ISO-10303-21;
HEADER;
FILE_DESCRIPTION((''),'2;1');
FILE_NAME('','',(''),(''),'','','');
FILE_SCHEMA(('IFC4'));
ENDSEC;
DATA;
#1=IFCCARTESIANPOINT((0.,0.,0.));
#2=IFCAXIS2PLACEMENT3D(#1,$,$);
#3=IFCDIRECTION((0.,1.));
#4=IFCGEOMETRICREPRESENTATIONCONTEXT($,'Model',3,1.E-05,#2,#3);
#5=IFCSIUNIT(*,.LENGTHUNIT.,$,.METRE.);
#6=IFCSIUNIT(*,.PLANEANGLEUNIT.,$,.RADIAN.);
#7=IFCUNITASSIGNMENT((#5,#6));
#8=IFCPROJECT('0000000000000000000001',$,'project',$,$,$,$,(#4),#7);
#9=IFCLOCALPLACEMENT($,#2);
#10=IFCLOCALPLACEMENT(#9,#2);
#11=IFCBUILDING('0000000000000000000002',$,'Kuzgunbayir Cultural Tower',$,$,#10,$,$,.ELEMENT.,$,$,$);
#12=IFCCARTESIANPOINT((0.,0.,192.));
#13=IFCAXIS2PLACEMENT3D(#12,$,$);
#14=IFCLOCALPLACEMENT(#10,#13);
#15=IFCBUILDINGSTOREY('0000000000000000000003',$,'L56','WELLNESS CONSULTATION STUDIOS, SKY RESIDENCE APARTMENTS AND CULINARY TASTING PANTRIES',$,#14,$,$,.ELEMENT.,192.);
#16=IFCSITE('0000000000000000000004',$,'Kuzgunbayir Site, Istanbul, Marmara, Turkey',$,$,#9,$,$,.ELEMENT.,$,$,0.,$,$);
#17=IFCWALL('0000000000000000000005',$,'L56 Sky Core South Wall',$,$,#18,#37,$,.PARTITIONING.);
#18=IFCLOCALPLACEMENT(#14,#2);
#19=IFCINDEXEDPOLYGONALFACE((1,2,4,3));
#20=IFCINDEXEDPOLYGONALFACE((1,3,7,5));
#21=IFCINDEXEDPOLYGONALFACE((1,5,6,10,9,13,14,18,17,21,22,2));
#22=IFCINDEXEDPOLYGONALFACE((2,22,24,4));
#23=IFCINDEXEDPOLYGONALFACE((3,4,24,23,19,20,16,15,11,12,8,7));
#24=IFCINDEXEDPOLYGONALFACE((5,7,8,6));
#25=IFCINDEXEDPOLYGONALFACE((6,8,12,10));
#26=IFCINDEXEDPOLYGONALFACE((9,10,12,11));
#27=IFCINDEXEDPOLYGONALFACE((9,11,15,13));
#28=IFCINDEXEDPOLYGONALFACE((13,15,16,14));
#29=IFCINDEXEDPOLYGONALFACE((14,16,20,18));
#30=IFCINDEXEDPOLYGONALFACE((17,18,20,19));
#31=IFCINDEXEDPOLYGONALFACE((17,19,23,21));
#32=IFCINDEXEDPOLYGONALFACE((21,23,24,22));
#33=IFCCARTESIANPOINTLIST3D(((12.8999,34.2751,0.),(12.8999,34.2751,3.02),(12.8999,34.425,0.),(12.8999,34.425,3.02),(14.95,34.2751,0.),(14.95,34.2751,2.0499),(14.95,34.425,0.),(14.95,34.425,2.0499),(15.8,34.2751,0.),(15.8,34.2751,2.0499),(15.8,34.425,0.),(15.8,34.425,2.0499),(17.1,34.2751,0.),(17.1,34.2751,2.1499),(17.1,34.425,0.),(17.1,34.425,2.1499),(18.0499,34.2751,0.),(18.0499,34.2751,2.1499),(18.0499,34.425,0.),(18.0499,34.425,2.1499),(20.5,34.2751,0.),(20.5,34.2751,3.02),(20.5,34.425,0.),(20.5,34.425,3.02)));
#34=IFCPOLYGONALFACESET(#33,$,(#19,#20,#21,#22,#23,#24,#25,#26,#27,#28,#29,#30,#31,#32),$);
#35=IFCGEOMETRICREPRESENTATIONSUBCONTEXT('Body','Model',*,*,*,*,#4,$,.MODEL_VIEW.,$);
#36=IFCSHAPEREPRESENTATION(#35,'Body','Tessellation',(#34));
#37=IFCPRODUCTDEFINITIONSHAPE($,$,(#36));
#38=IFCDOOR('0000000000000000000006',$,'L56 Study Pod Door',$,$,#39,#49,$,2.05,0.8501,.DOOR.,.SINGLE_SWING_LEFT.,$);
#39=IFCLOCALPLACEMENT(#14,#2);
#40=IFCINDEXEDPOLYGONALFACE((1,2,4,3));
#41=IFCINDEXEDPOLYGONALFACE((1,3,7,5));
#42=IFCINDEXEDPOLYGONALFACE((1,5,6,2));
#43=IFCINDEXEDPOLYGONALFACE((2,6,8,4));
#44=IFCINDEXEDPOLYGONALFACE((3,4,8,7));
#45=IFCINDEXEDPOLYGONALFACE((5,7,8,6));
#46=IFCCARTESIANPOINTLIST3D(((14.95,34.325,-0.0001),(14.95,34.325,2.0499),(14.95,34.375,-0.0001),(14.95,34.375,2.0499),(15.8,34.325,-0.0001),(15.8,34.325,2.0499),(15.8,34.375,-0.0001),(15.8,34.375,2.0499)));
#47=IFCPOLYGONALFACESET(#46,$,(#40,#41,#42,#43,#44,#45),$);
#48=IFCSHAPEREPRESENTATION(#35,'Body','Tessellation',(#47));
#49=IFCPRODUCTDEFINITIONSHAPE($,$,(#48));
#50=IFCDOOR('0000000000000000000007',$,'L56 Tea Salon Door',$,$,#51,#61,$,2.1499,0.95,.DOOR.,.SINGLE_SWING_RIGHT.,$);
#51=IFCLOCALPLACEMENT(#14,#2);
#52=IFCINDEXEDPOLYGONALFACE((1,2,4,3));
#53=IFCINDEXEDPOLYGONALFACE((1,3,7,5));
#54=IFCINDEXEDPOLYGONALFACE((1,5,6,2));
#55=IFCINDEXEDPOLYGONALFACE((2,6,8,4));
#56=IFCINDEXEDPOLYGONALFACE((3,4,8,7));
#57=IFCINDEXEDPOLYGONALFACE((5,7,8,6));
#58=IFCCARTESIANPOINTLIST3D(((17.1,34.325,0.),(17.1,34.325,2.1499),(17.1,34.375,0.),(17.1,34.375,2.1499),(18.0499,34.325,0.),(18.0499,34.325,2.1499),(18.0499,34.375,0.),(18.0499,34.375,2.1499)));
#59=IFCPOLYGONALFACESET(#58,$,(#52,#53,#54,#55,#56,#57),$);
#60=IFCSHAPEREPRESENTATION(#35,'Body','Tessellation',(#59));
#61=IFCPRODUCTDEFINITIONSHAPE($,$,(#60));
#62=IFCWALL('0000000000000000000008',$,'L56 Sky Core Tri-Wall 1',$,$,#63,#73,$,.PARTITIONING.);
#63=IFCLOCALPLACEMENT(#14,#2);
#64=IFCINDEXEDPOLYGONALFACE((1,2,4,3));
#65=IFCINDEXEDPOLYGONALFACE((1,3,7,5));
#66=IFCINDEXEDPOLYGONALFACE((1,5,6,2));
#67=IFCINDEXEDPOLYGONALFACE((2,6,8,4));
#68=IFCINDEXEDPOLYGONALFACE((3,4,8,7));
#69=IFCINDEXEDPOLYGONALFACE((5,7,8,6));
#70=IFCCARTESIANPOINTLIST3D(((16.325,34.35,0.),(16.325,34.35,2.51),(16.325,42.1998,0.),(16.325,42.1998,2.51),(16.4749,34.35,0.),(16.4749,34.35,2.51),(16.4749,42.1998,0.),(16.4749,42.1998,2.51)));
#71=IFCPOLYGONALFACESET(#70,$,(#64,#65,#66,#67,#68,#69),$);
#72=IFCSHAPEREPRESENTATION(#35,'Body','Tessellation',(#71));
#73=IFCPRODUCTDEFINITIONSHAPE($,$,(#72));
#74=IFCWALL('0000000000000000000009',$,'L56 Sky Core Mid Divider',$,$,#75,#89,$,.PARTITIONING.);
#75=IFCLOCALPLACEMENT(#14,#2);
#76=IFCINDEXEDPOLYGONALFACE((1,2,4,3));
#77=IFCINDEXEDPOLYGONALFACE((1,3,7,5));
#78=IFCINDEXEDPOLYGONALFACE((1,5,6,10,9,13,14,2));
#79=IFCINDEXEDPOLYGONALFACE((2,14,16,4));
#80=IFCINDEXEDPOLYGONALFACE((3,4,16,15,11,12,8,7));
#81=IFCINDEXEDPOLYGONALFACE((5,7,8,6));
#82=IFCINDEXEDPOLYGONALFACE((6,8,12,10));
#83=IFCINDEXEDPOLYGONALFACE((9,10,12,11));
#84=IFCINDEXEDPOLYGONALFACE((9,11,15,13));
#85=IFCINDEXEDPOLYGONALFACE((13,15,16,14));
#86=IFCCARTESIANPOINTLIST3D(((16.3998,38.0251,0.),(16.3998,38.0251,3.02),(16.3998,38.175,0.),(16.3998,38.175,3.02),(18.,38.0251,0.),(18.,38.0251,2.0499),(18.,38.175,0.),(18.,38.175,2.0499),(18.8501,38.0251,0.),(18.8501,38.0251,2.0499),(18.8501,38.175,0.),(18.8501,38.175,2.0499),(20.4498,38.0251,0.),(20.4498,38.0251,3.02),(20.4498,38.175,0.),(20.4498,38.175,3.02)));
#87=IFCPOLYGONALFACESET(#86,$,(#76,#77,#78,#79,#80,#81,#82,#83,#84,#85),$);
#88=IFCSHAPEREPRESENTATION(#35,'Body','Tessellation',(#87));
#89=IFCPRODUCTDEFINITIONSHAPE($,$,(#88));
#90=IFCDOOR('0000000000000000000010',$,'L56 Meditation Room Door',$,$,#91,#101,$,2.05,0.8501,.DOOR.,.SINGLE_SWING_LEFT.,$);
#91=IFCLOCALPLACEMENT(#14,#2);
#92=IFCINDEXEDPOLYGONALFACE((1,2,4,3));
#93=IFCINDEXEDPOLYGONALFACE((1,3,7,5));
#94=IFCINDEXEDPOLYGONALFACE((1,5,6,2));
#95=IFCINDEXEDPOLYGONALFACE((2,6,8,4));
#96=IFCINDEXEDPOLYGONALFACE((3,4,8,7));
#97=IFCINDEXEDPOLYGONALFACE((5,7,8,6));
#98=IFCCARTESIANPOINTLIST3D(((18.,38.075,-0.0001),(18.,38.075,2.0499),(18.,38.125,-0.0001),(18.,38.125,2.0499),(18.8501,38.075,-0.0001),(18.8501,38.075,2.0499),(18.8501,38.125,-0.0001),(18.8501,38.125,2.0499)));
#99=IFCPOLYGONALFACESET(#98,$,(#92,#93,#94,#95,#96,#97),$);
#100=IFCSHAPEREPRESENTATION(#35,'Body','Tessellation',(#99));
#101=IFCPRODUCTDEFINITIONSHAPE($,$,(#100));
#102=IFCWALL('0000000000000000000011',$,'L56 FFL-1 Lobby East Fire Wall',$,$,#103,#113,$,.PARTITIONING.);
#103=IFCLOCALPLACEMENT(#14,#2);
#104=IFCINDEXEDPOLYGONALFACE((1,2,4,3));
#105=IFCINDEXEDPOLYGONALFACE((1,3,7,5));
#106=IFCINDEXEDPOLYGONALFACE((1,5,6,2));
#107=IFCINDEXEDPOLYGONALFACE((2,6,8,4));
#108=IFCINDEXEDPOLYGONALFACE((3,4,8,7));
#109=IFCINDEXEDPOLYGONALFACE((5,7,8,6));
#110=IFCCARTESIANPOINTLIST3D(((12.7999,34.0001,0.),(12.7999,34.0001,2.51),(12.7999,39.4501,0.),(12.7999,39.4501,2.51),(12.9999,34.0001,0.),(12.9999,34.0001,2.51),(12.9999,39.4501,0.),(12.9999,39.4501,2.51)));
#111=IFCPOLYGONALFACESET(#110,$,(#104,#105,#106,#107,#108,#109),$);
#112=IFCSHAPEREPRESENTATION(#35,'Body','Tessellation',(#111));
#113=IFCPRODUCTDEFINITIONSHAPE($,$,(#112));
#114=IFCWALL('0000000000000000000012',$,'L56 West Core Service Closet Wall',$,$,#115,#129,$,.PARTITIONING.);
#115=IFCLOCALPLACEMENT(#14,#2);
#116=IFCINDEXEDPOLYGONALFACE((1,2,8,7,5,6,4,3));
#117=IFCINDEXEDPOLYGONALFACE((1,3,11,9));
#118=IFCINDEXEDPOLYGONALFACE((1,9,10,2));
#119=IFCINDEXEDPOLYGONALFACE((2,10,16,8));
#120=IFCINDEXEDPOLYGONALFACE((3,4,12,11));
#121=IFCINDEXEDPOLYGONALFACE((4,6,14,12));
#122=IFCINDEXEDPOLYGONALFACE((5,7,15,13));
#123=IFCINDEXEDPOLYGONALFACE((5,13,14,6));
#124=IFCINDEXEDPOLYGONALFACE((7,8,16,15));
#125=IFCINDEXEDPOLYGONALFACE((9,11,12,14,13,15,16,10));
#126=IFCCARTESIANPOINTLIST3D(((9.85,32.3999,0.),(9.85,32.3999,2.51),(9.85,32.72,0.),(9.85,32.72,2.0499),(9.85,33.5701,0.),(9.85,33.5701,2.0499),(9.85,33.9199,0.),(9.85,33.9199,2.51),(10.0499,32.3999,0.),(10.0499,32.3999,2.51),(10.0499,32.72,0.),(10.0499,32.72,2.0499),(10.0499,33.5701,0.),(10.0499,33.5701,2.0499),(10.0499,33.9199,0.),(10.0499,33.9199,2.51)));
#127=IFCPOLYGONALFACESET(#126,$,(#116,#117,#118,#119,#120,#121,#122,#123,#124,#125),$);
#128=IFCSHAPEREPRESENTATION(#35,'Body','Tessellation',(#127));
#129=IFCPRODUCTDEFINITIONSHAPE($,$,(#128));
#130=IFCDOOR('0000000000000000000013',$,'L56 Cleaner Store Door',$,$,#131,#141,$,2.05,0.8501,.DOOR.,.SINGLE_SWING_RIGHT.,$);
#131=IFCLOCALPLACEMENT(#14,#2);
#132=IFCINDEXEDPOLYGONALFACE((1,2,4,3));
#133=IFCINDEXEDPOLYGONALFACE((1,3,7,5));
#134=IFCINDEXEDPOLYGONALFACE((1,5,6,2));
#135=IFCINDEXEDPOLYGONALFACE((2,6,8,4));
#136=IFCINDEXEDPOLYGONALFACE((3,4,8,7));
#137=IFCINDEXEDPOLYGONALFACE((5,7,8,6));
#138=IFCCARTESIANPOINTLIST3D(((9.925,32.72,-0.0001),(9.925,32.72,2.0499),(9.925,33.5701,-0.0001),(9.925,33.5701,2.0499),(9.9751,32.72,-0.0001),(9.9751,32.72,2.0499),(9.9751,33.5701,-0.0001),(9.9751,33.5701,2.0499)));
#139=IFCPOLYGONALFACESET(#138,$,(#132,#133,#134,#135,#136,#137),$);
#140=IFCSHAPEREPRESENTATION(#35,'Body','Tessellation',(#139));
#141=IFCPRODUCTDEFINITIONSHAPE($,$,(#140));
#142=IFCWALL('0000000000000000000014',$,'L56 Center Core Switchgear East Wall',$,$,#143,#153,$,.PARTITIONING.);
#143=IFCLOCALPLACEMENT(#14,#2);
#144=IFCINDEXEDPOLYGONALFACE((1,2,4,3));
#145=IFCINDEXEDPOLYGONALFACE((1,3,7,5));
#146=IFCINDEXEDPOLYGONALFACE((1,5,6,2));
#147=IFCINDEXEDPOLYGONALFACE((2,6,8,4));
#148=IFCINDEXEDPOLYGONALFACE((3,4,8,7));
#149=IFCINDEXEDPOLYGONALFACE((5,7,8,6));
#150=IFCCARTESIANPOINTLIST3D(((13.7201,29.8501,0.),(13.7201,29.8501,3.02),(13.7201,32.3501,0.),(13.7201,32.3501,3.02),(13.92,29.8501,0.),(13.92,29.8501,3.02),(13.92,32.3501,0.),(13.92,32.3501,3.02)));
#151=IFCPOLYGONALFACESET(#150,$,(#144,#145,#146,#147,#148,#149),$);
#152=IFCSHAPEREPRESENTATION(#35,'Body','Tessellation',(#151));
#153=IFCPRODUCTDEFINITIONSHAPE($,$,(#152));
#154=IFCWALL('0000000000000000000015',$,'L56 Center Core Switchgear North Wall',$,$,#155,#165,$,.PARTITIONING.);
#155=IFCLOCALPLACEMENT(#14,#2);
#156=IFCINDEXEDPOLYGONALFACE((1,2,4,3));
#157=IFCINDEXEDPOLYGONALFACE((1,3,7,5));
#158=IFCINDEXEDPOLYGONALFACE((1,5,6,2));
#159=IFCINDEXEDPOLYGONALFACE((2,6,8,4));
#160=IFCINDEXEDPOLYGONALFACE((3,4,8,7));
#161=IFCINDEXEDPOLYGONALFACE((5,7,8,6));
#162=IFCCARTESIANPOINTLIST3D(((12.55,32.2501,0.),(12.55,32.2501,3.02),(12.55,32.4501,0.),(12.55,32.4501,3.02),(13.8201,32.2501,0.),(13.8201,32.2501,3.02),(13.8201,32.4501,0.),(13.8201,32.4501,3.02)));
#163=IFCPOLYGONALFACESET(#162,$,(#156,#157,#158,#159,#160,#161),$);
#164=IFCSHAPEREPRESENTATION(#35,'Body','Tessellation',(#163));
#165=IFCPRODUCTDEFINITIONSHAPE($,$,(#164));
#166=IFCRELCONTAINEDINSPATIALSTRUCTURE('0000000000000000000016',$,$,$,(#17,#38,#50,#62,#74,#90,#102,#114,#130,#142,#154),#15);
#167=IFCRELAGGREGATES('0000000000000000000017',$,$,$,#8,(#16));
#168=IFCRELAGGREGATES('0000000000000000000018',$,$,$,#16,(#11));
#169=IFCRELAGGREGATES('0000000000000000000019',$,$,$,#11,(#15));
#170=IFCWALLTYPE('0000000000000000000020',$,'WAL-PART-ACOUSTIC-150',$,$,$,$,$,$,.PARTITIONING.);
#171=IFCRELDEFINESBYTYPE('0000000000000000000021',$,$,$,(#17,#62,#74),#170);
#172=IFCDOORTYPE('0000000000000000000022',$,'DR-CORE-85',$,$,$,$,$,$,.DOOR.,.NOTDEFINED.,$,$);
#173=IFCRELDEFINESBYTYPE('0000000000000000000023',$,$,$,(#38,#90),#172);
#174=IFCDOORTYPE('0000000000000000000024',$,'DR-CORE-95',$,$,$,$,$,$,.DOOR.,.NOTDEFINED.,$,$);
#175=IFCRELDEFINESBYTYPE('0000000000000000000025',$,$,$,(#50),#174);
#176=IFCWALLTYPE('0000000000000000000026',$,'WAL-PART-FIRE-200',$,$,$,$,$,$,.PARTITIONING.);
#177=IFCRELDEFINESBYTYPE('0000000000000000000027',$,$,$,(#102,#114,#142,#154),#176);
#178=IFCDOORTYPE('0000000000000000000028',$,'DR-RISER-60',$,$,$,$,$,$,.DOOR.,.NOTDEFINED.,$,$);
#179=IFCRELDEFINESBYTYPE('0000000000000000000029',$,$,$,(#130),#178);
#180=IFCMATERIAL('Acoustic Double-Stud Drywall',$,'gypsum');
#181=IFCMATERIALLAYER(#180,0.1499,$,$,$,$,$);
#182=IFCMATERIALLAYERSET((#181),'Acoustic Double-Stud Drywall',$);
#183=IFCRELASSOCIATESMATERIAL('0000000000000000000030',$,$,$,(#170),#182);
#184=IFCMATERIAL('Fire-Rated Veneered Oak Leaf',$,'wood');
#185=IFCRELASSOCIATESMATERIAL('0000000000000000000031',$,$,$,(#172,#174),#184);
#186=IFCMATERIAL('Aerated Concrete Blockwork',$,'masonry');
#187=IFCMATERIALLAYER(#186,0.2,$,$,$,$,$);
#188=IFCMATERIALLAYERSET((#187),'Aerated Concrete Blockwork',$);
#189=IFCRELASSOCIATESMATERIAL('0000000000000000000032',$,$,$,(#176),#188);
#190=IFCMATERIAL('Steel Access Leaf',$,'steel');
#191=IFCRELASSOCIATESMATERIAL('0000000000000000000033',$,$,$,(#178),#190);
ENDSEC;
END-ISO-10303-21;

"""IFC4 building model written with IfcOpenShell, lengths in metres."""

from ifc_helpers import new_model, si_unit, direction, frame, frame_2d, origin, place, context, subcontext, project, spatial, rectangle, extrude, material, layer, layer_set, type_object, element, fill, save


model = new_model("IFC4")

# Units and contexts
model_context = context("Model", 3, precision=1e-05, world=origin(), true_north=direction((0.0, 1.0)))
body_context = subcontext(model_context, "Body", "Model", "MODEL_VIEW")
ifc_project = project(units=[si_unit("LENGTHUNIT", "METRE"), si_unit("PLANEANGLEUNIT", "RADIAN")], contexts=[model_context])

# Site, building, storey
site_placement = place(None, origin())
site = spatial("IfcSite", under=ifc_project, at=site_placement, Name="Kuzgunbayir Site, Istanbul, Marmara, Turkey", CompositionType="ELEMENT", RefElevation=0.0)
building_placement = place(site_placement, origin())
building = spatial("IfcBuilding", under=site, at=building_placement, Name="Kuzgunbayir Cultural Tower", CompositionType="ELEMENT")
storey_placement = place(building_placement, frame((0.0, 0.0, 192.0)))
storey = spatial("IfcBuildingStorey", under=building, at=storey_placement, Name="L56", Description="WELLNESS CONSULTATION STUDIOS, SKY RESIDENCE APARTMENTS AND CULINARY TASTING PANTRIES", CompositionType="ELEMENT", Elevation=192.0)

# Wall, openings, doors
ifc_material_1 = material(Name="Acoustic Double-Stud Drywall", Category="gypsum")
ifc_layer_1 = layer(ifc_material_1, 0.1499)
ifc_layer_set_1 = layer_set([ifc_layer_1], Name="Acoustic Double-Stud Drywall")
wall_type_1 = type_object("IfcWallType", Name="WAL-PART-ACOUSTIC-150", PredefinedType="PARTITIONING", material=ifc_layer_set_1)
wall_1_placement = place(storey_placement, frame((12.8999, 34.3501, 0.0), z_axis=(0.0, 0.0, 1.0), x_axis=(1.0, 0.0, 0.0)))
wall_1 = element("IfcWall", 1, at=wall_1_placement, inside=storey, type_object=wall_type_1, Name="L56 Sky Core South Wall", PredefinedType="PARTITIONING", context=body_context, shape_type="SweptSolid", body=[
    extrude(rectangle(XDim=7.6001, YDim=0.1499, at=frame_2d((3.8, 0.0))), origin(), (0.0, 0.0, 1.0), 3.02),
])
opening_1_placement = place(wall_1_placement, frame((2.05, 0.0, 0.0)))
opening_1 = element("IfcOpeningElement", 2, at=opening_1_placement, cuts=wall_1, PredefinedType="OPENING", context=body_context, shape_type="SweptSolid", body=[
    extrude(rectangle(XDim=0.8501, YDim=2.05, at=frame_2d((0.425, 1.0249))), frame((0.0, 0.085, 0.0), z_axis=(0.0, -1.0, 0.0), x_axis=(1.0, 0.0, 0.0)), (0.0, 0.0, 1.0), 0.1699),
])
opening_2_placement = place(wall_1_placement, frame((4.2, 0.0, 0.0)))
opening_2 = element("IfcOpeningElement", 3, at=opening_2_placement, cuts=wall_1, PredefinedType="OPENING", context=body_context, shape_type="SweptSolid", body=[
    extrude(rectangle(XDim=0.95, YDim=2.1499, at=frame_2d((0.4751, 1.075))), frame((0.0, 0.085, 0.0), z_axis=(0.0, -1.0, 0.0), x_axis=(1.0, 0.0, 0.0)), (0.0, 0.0, 1.0), 0.1699),
])
ifc_material_2 = material(Name="Fire-Rated Veneered Oak Leaf", Category="wood")
door_type_1 = type_object("IfcDoorType", Name="DR-CORE-85", OperationType="NOTDEFINED", PredefinedType="DOOR", material=ifc_material_2)
door_1_placement = place(opening_1_placement, origin())
door_1 = element("IfcDoor", 4, at=door_1_placement, inside=storey, type_object=door_type_1, Name="L56 Study Pod Door", OperationType="SINGLE_SWING_LEFT", OverallHeight=2.05, OverallWidth=0.8501, PredefinedType="DOOR", context=body_context, shape_type="SweptSolid", body=[
    extrude(rectangle(XDim=0.8501, YDim=2.05, at=frame_2d((0.425, 1.0249))), frame((0.0, 0.0249, 0.0), z_axis=(0.0, -1.0, 0.0), x_axis=(1.0, 0.0, 0.0)), (0.0, 0.0, 1.0), 0.05),
])
fill(opening_1, door_1)
door_type_2 = type_object("IfcDoorType", Name="DR-CORE-95", OperationType="NOTDEFINED", PredefinedType="DOOR", material=ifc_material_2)
door_2_placement = place(opening_2_placement, origin())
door_2 = element("IfcDoor", 5, at=door_2_placement, inside=storey, type_object=door_type_2, Name="L56 Tea Salon Door", OperationType="SINGLE_SWING_RIGHT", OverallHeight=2.1499, OverallWidth=0.95, PredefinedType="DOOR", context=body_context, shape_type="SweptSolid", body=[
    extrude(rectangle(XDim=0.95, YDim=2.1499, at=frame_2d((0.4751, 1.075))), frame((0.0, 0.0249, 0.0), z_axis=(0.0, -1.0, 0.0), x_axis=(1.0, 0.0, 0.0)), (0.0, 0.0, 1.0), 0.05),
])
fill(opening_2, door_2)

# Wall
wall_2_placement = place(storey_placement, frame((16.3999, 34.3501, 0.0), z_axis=(0.0, 0.0, 1.0), x_axis=(0.0, 1.0, 0.0)))
element("IfcWall", 6, at=wall_2_placement, inside=storey, type_object=wall_type_1, Name="L56 Sky Core Tri-Wall 1", PredefinedType="PARTITIONING", context=body_context, shape_type="SweptSolid", body=[
    extrude(rectangle(XDim=7.8499, YDim=0.1499, at=frame_2d((3.9248, 0.0))), origin(), (0.0, 0.0, 1.0), 2.51),
])

# Wall, opening, door
wall_3_placement = place(storey_placement, frame((16.3999, 38.1001, 0.0), z_axis=(0.0, 0.0, 1.0), x_axis=(1.0, 0.0, 0.0)))
wall_3 = element("IfcWall", 7, at=wall_3_placement, inside=storey, type_object=wall_type_1, Name="L56 Sky Core Mid Divider", PredefinedType="PARTITIONING", context=body_context, shape_type="SweptSolid", body=[
    extrude(rectangle(XDim=4.05, YDim=0.1499, at=frame_2d((2.0249, 0.0))), origin(), (0.0, 0.0, 1.0), 3.02),
])
opening_3_placement = place(wall_3_placement, frame((1.6001, 0.0, 0.0)))
opening_3 = element("IfcOpeningElement", 8, at=opening_3_placement, cuts=wall_3, PredefinedType="OPENING", context=body_context, shape_type="SweptSolid", body=[
    extrude(rectangle(XDim=0.8501, YDim=2.05, at=frame_2d((0.425, 1.0249))), frame((0.0, 0.085, 0.0), z_axis=(0.0, -1.0, 0.0), x_axis=(1.0, 0.0, 0.0)), (0.0, 0.0, 1.0), 0.1699),
])
door_3_placement = place(opening_3_placement, origin())
door_3 = element("IfcDoor", 9, at=door_3_placement, inside=storey, type_object=door_type_1, Name="L56 Meditation Room Door", OperationType="SINGLE_SWING_LEFT", OverallHeight=2.05, OverallWidth=0.8501, PredefinedType="DOOR", context=body_context, shape_type="SweptSolid", body=[
    extrude(rectangle(XDim=0.8501, YDim=2.05, at=frame_2d((0.425, 1.0249))), frame((0.0, 0.0249, 0.0), z_axis=(0.0, -1.0, 0.0), x_axis=(1.0, 0.0, 0.0)), (0.0, 0.0, 1.0), 0.05),
])
fill(opening_3, door_3)

# Wall
ifc_material_3 = material(Name="Aerated Concrete Blockwork", Category="masonry")
ifc_layer_2 = layer(ifc_material_3, 0.2)
ifc_layer_set_2 = layer_set([ifc_layer_2], Name="Aerated Concrete Blockwork")
wall_type_2 = type_object("IfcWallType", Name="WAL-PART-FIRE-200", PredefinedType="PARTITIONING", material=ifc_layer_set_2)
wall_4_placement = place(storey_placement, frame((12.8999, 34.0, 0.0), z_axis=(0.0, 0.0, 1.0), x_axis=(0.0, 1.0, 0.0)))
element("IfcWall", 10, at=wall_4_placement, inside=storey, type_object=wall_type_2, Name="L56 FFL-1 Lobby East Fire Wall", PredefinedType="PARTITIONING", context=body_context, shape_type="SweptSolid", body=[
    extrude(rectangle(XDim=5.45, YDim=0.2, at=frame_2d((2.7251, 0.0))), origin(), (0.0, 0.0, 1.0), 2.51),
])

# Wall, opening, door
wall_5_placement = place(storey_placement, frame((9.95, 32.3999, 0.0), z_axis=(0.0, 0.0, 1.0), x_axis=(0.0, 1.0, 0.0)))
wall_5 = element("IfcWall", 11, at=wall_5_placement, inside=storey, type_object=wall_type_2, Name="L56 West Core Service Closet Wall", PredefinedType="PARTITIONING", context=body_context, shape_type="SweptSolid", body=[
    extrude(rectangle(XDim=1.52, YDim=0.2, at=frame_2d((0.76, 0.0))), origin(), (0.0, 0.0, 1.0), 2.51),
])
opening_4_placement = place(wall_5_placement, frame((0.3201, 0.0, 0.0)))
opening_4 = element("IfcOpeningElement", 12, at=opening_4_placement, cuts=wall_5, PredefinedType="OPENING", context=body_context, shape_type="SweptSolid", body=[
    extrude(rectangle(XDim=0.8501, YDim=2.05, at=frame_2d((0.425, 1.0249))), frame((0.0, 0.1099, 0.0), z_axis=(0.0, -1.0, 0.0), x_axis=(1.0, 0.0, 0.0)), (0.0, 0.0, 1.0), 0.22),
])
ifc_material_4 = material(Name="Steel Access Leaf", Category="steel")
door_type_3 = type_object("IfcDoorType", Name="DR-RISER-60", OperationType="NOTDEFINED", PredefinedType="DOOR", material=ifc_material_4)
door_4_placement = place(opening_4_placement, origin())
door_4 = element("IfcDoor", 13, at=door_4_placement, inside=storey, type_object=door_type_3, Name="L56 Cleaner Store Door", OperationType="SINGLE_SWING_RIGHT", OverallHeight=2.05, OverallWidth=0.8501, PredefinedType="DOOR", context=body_context, shape_type="SweptSolid", body=[
    extrude(rectangle(XDim=0.8501, YDim=2.05, at=frame_2d((0.425, 1.0249))), frame((0.0, 0.0249, 0.0), z_axis=(0.0, -1.0, 0.0), x_axis=(1.0, 0.0, 0.0)), (0.0, 0.0, 1.0), 0.05),
])
fill(opening_4, door_4)

# Walls
wall_6_placement = place(storey_placement, frame((13.8201, 29.8501, 0.0), z_axis=(0.0, 0.0, 1.0), x_axis=(0.0, 1.0, 0.0)))
element("IfcWall", 14, at=wall_6_placement, inside=storey, type_object=wall_type_2, Name="L56 Center Core Switchgear East Wall", PredefinedType="PARTITIONING", context=body_context, shape_type="SweptSolid", body=[
    extrude(rectangle(XDim=2.5, YDim=0.2, at=frame_2d((1.25, 0.0))), origin(), (0.0, 0.0, 1.0), 3.02),
])
wall_7_placement = place(storey_placement, frame((12.55, 32.3501, 0.0), z_axis=(0.0, 0.0, 1.0), x_axis=(1.0, 0.0, 0.0)))
element("IfcWall", 15, at=wall_7_placement, inside=storey, type_object=wall_type_2, Name="L56 Center Core Switchgear North Wall", PredefinedType="PARTITIONING", context=body_context, shape_type="SweptSolid", body=[
    extrude(rectangle(XDim=1.27, YDim=0.2, at=frame_2d((0.635, 0.0))), origin(), (0.0, 0.0, 1.0), 3.02),
])

save(model, "model.ifc")
